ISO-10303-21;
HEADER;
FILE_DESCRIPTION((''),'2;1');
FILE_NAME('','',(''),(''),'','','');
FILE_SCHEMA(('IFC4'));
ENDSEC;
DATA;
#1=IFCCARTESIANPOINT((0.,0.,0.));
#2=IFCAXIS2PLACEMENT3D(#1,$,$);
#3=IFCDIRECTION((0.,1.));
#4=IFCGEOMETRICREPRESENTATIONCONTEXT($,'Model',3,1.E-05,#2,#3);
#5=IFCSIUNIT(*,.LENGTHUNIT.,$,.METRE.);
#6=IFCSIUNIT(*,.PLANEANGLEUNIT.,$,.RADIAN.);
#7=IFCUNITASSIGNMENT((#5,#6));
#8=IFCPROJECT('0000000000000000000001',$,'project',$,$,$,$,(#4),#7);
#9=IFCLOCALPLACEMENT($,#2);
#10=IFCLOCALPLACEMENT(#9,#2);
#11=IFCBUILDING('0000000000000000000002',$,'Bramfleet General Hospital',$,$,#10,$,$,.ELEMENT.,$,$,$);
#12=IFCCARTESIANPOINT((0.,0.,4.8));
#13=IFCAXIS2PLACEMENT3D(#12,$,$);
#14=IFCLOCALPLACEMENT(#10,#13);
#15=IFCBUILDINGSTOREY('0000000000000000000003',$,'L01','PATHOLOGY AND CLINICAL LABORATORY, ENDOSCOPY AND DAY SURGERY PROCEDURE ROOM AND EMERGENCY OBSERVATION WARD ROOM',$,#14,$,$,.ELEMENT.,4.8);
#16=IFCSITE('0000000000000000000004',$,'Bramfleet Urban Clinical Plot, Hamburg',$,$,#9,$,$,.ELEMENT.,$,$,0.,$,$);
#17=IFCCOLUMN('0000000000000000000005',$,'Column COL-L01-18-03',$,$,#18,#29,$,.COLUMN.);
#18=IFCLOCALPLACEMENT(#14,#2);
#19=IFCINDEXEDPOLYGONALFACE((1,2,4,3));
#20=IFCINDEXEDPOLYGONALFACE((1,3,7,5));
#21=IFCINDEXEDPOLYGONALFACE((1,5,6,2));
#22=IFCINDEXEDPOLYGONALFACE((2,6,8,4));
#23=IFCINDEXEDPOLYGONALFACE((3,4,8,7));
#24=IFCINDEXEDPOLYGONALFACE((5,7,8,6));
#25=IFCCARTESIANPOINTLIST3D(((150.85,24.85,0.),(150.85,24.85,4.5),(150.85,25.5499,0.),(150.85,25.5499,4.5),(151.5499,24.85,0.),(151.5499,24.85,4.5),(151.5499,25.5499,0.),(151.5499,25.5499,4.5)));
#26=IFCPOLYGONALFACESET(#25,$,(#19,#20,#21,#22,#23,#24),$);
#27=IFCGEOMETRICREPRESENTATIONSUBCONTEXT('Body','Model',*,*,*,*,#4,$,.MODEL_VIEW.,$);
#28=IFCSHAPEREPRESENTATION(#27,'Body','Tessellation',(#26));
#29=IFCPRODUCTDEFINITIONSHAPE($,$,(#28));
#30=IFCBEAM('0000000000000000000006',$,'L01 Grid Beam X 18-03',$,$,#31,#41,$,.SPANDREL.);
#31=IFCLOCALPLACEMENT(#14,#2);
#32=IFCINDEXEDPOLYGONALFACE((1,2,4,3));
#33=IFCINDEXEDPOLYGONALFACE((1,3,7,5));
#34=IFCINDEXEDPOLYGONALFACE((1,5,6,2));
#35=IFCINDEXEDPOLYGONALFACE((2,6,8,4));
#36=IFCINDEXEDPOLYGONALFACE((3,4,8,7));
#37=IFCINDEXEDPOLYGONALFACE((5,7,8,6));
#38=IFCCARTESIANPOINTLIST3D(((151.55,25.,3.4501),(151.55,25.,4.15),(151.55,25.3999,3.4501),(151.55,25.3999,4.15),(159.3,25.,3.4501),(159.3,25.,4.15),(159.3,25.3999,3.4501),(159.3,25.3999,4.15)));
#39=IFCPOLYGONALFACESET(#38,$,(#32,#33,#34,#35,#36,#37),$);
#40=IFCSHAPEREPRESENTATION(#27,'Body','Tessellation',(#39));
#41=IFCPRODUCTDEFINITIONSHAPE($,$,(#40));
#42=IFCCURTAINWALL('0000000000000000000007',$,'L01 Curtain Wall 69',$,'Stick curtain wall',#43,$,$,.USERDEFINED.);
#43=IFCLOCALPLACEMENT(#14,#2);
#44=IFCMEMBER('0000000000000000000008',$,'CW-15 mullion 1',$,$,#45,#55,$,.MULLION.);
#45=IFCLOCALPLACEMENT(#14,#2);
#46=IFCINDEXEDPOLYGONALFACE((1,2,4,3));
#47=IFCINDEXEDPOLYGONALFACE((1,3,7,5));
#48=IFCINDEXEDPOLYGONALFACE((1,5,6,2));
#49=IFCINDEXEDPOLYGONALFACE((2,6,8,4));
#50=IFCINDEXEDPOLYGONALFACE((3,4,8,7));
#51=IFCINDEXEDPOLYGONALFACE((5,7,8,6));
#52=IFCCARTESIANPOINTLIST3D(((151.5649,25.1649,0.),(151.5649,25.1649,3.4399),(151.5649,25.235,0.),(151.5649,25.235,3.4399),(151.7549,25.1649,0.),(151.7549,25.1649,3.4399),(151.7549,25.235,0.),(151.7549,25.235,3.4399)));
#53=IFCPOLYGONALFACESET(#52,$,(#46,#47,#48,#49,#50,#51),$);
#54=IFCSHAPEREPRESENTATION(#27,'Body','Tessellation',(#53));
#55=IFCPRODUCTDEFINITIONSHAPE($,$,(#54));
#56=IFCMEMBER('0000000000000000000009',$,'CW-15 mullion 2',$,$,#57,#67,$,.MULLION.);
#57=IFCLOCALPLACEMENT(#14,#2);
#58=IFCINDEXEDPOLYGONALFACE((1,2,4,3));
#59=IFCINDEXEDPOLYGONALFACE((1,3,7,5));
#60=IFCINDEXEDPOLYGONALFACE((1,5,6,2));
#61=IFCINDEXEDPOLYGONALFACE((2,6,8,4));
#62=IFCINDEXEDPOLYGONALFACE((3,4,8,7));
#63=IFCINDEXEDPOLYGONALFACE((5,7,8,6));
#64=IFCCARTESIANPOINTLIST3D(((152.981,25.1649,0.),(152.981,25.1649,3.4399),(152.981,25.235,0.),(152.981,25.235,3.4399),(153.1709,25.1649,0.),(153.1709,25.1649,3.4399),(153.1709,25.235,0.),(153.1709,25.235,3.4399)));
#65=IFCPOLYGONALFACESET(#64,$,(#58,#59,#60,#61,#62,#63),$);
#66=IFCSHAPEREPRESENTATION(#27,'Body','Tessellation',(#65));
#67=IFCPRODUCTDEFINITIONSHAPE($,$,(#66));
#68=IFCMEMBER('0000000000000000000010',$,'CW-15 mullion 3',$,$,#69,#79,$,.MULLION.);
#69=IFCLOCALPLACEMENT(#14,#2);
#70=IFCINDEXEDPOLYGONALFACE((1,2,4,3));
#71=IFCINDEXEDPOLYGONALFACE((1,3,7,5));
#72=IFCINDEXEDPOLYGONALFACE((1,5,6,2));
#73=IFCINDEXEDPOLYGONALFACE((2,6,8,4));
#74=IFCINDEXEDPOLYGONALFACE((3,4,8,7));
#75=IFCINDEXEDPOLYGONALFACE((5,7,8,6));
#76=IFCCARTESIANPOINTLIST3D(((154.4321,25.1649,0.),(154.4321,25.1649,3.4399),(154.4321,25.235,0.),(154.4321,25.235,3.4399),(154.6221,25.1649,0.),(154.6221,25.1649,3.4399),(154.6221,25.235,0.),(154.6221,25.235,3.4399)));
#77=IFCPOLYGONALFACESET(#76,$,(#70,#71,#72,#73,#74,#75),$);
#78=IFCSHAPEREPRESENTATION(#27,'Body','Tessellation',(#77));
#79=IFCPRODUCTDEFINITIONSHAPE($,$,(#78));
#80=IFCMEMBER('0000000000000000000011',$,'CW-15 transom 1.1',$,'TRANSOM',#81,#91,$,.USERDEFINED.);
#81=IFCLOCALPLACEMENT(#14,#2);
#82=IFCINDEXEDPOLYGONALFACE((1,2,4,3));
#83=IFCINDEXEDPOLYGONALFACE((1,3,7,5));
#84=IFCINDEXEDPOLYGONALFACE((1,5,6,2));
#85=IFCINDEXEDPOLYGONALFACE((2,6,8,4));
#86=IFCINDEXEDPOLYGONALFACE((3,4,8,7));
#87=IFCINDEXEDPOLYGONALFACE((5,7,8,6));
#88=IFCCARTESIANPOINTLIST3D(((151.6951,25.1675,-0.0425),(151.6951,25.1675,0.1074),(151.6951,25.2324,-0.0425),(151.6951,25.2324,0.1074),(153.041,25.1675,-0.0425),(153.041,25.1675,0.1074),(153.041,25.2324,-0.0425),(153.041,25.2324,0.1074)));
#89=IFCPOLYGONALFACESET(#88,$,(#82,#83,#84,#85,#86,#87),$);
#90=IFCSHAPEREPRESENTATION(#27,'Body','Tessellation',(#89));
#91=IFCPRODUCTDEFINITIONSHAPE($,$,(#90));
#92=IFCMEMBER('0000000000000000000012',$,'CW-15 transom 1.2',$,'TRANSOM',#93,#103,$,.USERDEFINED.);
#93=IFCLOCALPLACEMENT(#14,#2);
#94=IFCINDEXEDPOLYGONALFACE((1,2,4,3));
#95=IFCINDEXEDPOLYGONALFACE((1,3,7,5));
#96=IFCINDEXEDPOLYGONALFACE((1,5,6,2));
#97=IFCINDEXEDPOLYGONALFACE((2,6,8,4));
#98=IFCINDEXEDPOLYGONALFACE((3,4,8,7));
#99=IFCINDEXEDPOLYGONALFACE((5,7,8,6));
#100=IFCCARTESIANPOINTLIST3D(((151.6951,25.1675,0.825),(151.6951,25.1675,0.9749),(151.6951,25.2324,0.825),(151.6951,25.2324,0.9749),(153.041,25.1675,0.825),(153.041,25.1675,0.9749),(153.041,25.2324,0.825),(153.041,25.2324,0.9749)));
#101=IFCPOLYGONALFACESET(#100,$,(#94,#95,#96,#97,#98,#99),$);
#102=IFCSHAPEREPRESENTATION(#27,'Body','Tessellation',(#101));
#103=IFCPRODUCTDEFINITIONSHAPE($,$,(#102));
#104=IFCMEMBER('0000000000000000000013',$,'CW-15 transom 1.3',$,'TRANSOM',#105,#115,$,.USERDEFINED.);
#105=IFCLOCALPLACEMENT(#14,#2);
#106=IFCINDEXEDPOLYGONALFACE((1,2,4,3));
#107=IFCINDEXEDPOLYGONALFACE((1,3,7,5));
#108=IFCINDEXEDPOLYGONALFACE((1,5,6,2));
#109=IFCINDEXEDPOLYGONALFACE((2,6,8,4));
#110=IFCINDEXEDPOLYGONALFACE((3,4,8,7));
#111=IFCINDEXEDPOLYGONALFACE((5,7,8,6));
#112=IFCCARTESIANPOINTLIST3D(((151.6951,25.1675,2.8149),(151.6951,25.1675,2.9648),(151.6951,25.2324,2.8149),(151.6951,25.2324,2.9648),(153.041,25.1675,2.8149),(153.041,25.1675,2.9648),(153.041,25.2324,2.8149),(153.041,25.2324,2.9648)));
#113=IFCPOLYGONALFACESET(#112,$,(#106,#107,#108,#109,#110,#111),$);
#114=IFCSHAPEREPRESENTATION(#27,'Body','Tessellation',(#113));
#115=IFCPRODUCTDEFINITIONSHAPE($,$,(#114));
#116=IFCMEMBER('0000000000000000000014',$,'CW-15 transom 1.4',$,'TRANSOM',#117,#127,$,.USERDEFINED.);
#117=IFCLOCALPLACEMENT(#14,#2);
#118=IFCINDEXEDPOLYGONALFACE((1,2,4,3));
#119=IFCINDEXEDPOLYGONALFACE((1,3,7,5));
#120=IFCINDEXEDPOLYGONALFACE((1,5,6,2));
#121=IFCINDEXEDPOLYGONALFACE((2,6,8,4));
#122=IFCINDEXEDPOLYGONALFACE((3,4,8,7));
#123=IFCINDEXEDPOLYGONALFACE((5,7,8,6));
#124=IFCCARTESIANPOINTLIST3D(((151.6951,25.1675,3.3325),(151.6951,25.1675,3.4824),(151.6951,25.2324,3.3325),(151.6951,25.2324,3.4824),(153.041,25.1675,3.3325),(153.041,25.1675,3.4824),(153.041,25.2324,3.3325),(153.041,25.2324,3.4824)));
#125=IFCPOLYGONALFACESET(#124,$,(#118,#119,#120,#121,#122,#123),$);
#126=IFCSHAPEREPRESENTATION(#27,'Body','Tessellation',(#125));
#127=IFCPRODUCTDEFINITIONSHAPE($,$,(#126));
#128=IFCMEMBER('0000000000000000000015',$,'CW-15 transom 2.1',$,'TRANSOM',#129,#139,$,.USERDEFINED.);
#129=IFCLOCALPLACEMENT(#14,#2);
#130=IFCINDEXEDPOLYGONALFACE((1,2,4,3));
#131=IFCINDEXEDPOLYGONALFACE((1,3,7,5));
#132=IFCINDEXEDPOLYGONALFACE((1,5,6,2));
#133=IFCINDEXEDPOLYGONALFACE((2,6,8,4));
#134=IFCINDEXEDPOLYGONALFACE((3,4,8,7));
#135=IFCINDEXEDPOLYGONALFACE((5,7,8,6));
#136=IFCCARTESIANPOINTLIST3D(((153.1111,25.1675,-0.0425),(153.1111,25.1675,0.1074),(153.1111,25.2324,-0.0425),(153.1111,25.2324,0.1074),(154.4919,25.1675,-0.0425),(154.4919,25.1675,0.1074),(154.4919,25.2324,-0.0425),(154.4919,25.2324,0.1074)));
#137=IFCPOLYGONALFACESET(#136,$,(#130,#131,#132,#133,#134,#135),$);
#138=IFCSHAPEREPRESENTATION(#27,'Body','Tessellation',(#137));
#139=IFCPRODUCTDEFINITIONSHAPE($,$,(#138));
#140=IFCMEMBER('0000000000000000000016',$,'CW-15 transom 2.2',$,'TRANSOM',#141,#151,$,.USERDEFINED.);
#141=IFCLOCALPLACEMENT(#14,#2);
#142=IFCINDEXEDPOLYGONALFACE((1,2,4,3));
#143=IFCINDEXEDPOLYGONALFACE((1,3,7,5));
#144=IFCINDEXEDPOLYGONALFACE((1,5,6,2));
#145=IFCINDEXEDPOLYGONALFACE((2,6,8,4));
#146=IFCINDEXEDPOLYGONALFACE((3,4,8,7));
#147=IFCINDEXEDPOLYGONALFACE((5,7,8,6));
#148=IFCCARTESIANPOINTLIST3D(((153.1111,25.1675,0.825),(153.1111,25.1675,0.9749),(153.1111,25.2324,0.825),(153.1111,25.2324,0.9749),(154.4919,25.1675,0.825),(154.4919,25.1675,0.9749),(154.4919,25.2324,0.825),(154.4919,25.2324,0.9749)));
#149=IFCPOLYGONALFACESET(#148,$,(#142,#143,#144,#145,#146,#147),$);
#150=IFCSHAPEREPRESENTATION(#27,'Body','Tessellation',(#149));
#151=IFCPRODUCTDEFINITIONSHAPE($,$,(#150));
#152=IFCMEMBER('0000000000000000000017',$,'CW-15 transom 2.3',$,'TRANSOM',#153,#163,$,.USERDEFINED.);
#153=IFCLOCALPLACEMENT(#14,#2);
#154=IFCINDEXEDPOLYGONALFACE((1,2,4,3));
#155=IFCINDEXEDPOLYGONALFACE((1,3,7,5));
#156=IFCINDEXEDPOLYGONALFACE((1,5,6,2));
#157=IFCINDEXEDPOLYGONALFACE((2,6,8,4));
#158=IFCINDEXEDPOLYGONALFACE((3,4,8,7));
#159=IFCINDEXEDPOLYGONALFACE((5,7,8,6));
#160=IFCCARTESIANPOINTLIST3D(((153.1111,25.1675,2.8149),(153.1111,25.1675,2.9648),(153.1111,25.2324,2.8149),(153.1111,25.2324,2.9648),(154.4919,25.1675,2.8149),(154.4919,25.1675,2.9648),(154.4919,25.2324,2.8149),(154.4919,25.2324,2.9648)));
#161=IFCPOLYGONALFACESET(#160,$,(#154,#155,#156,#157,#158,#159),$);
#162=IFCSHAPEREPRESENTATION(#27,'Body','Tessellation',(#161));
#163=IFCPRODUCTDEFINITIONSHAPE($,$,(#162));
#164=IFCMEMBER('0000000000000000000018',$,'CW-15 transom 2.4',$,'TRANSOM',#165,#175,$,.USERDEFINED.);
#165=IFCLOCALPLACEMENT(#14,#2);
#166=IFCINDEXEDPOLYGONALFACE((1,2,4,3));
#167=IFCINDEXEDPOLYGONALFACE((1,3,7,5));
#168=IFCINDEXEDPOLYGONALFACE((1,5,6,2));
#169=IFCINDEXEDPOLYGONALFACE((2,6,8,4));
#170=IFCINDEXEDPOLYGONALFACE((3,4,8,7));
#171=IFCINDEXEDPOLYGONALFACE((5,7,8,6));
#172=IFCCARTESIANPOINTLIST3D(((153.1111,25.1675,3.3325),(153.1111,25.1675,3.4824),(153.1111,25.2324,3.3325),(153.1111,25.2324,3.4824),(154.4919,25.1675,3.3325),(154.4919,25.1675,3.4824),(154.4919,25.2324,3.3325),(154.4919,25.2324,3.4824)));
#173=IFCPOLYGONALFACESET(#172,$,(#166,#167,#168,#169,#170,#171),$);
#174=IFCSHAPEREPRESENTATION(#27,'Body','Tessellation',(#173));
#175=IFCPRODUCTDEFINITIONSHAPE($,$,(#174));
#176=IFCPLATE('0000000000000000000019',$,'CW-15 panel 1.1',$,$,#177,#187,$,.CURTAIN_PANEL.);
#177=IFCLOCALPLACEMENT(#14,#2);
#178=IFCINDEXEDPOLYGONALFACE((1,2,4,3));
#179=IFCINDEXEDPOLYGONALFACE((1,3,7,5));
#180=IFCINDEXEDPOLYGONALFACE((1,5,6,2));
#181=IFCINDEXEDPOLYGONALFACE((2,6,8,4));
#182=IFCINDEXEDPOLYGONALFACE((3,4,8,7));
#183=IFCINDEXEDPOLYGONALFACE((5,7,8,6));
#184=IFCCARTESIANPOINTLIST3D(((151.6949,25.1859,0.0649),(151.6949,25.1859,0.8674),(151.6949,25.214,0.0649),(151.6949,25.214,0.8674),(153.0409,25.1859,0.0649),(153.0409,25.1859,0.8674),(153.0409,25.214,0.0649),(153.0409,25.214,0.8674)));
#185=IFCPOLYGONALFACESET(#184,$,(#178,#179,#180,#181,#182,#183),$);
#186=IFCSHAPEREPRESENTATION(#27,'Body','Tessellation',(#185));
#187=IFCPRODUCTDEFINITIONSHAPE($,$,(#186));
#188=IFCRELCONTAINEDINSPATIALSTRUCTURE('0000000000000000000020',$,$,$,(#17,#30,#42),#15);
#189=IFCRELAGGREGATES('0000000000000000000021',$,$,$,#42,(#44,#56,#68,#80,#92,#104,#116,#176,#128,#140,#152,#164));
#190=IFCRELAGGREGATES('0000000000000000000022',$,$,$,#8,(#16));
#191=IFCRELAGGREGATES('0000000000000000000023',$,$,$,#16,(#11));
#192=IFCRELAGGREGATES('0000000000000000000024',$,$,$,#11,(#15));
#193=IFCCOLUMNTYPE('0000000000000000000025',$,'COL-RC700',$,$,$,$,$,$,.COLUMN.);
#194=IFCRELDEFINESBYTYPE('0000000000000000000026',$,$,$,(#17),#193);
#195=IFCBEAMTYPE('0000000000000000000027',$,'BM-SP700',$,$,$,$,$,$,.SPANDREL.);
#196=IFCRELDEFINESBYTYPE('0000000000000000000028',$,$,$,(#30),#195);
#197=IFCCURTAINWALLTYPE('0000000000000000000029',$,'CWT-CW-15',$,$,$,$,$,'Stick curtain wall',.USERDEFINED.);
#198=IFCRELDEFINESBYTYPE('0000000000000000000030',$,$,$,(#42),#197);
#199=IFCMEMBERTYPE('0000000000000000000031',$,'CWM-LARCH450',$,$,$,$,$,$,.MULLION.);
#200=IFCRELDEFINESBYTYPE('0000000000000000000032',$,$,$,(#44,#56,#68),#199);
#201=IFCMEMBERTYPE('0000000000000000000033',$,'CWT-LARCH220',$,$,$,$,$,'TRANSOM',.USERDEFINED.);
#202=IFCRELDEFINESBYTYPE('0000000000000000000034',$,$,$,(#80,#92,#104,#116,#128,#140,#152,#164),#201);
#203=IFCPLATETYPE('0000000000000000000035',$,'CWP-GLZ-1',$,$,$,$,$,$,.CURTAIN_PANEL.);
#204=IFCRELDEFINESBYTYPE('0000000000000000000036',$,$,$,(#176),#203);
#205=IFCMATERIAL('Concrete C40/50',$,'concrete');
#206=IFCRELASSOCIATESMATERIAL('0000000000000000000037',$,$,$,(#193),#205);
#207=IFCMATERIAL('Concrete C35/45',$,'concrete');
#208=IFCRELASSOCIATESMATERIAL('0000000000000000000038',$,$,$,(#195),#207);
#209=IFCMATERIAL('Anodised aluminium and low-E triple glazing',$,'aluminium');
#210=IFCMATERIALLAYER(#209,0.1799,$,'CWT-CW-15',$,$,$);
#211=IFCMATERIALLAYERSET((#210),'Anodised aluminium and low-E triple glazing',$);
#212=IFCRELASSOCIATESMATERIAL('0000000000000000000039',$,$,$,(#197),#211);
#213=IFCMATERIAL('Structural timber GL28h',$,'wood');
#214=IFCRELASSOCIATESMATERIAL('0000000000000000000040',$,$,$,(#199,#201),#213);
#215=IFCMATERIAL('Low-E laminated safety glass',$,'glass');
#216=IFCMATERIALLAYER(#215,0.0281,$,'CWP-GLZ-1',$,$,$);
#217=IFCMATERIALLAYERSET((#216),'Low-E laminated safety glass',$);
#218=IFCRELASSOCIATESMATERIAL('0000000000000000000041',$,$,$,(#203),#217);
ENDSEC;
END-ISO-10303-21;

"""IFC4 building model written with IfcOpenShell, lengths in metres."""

from ifc_helpers import new_model, si_unit, direction, frame, origin, origin_2d, place, context, subcontext, project, spatial, rectangle, extrude, material, layer, layer_set, material_profile, profile_set, type_object, element, aggregate, save


model = new_model("IFC4")

# Units and contexts
model_context = context("Model", 3, precision=1e-05, world=origin(), true_north=direction((0.0, 1.0)))
body_context = subcontext(model_context, "Body", "Model", "MODEL_VIEW")
ifc_project = project(units=[si_unit("LENGTHUNIT", "METRE"), si_unit("PLANEANGLEUNIT", "RADIAN")], contexts=[model_context])

# Site, building, storey
site_placement = place(None, origin())
site = spatial("IfcSite", under=ifc_project, at=site_placement, Name="Bramfleet Urban Clinical Plot, Hamburg", CompositionType="ELEMENT", RefElevation=0.0)
building_placement = place(site_placement, origin())
building = spatial("IfcBuilding", under=site, at=building_placement, Name="Bramfleet General Hospital", CompositionType="ELEMENT")
storey_placement = place(building_placement, frame((0.0, 0.0, 4.8)))
storey = spatial("IfcBuildingStorey", under=building, at=storey_placement, Name="L01", Description="PATHOLOGY AND CLINICAL LABORATORY, ENDOSCOPY AND DAY SURGERY PROCEDURE ROOM AND EMERGENCY OBSERVATION WARD ROOM", CompositionType="ELEMENT", Elevation=4.8)

# Column
ifc_material_1 = material(Name="Concrete C40/50", Category="concrete")
ifc_material_profile_1 = material_profile(ifc_material_1, rectangle(XDim=0.7, YDim=0.7, at=origin_2d()), Name="RC COL 700x700")
ifc_profile_set_1 = profile_set([ifc_material_profile_1], Name="Concrete C40/50")
column_type = type_object("IfcColumnType", Name="COL-RC700", PredefinedType="COLUMN", material=ifc_profile_set_1)
column_placement = place(storey_placement, frame((151.2, 25.2, 0.0), z_axis=(0.0, 0.0, 1.0), x_axis=(1.0, 0.0, 0.0)))
element("IfcColumn", 1, at=column_placement, inside=storey, type_object=column_type, Name="Column COL-L01-18-03", PredefinedType="COLUMN", context=body_context, shape_type="SweptSolid", body=[
    extrude(rectangle(XDim=0.7, YDim=0.7, at=origin_2d()), origin(), (0.0, 0.0, 1.0), 4.5),
])

# Beam
ifc_material_2 = material(Name="Concrete C35/45", Category="concrete")
ifc_material_profile_2 = material_profile(ifc_material_2, rectangle(XDim=0.3999, YDim=0.7, at=origin_2d()), Name="RC SP 700x400")
ifc_profile_set_2 = profile_set([ifc_material_profile_2], Name="Concrete C35/45")
beam_type = type_object("IfcBeamType", Name="BM-SP700", PredefinedType="SPANDREL", material=ifc_profile_set_2)
beam_placement = place(storey_placement, frame((151.55, 25.2, 3.8), z_axis=(1.0, 0.0, 0.0), x_axis=(0.0, 1.0, 0.0)))
element("IfcBeam", 2, at=beam_placement, inside=storey, type_object=beam_type, Name="L01 Grid Beam X 18-03", PredefinedType="SPANDREL", context=body_context, shape_type="SweptSolid", body=[
    extrude(rectangle(XDim=0.3999, YDim=0.7, at=origin_2d()), origin(), (0.0, 0.0, 1.0), 7.75),
])

# Curtain wall, members, plate
ifc_material_3 = material(Name="Anodised aluminium and low-E triple glazing", Category="aluminium")
ifc_layer_1 = layer(ifc_material_3, 0.1799, Name="CWT-CW-15")
ifc_layer_set_1 = layer_set([ifc_layer_1], Name="Anodised aluminium and low-E triple glazing")
curtain_wall_type = type_object("IfcCurtainWallType", Name="CWT-CW-15", ElementType="Stick curtain wall", PredefinedType="USERDEFINED", material=ifc_layer_set_1)
curtain_wall_placement = place(storey_placement, origin())
curtain_wall = element("IfcCurtainWall", 3, at=curtain_wall_placement, inside=storey, type_object=curtain_wall_type, Name="L01 Curtain Wall 69", ObjectType="Stick curtain wall", PredefinedType="USERDEFINED")
ifc_material_4 = material(Name="Structural timber GL28h", Category="wood")
ifc_material_profile_3 = material_profile(ifc_material_4, rectangle(XDim=0.0701, YDim=0.1899, at=origin_2d()), Name="LARCH 190x70")
ifc_profile_set_3 = profile_set([ifc_material_profile_3], Name="Structural timber GL28h")
member_type_1 = type_object("IfcMemberType", Name="CWM-LARCH450", PredefinedType="MULLION", material=ifc_profile_set_3)
member_1_placement = place(storey_placement, frame((151.6599, 25.2, 0.0), z_axis=(0.0, 0.0, 1.0), x_axis=(0.0, 1.0, 0.0)))
member_1 = element("IfcMember", 4, at=member_1_placement, type_object=member_type_1, Name="CW-15 mullion 1", PredefinedType="MULLION", context=body_context, shape_type="SweptSolid", body=[
    extrude(rectangle(XDim=0.0701, YDim=0.1899, at=origin_2d()), origin(), (0.0, 0.0, 1.0), 3.4399),
])
member_2_placement = place(storey_placement, frame((153.0759, 25.2, 0.0), z_axis=(0.0, 0.0, 1.0), x_axis=(0.0, 1.0, 0.0)))
member_2 = element("IfcMember", 5, at=member_2_placement, type_object=member_type_1, Name="CW-15 mullion 2", PredefinedType="MULLION", context=body_context, shape_type="SweptSolid", body=[
    extrude(rectangle(XDim=0.0701, YDim=0.1899, at=origin_2d()), origin(), (0.0, 0.0, 1.0), 3.4399),
])
member_3_placement = place(storey_placement, frame((154.5271, 25.2, 0.0), z_axis=(0.0, 0.0, 1.0), x_axis=(0.0, 1.0, 0.0)))
member_3 = element("IfcMember", 6, at=member_3_placement, type_object=member_type_1, Name="CW-15 mullion 3", PredefinedType="MULLION", context=body_context, shape_type="SweptSolid", body=[
    extrude(rectangle(XDim=0.0701, YDim=0.1899, at=origin_2d()), origin(), (0.0, 0.0, 1.0), 3.4399),
])
ifc_material_profile_4 = material_profile(ifc_material_4, rectangle(XDim=0.0649, YDim=0.1499, at=origin_2d()), Name="LARCH 150x65")
ifc_profile_set_4 = profile_set([ifc_material_profile_4], Name="Structural timber GL28h")
member_type_2 = type_object("IfcMemberType", Name="CWT-LARCH220", ElementType="TRANSOM", PredefinedType="USERDEFINED", material=ifc_profile_set_4)
member_4_placement = place(storey_placement, frame((151.6951, 25.2, 0.0325), z_axis=(1.0, 0.0, 0.0), x_axis=(0.0, 1.0, 0.0)))
member_4 = element("IfcMember", 7, at=member_4_placement, type_object=member_type_2, Name="CW-15 transom 1.1", ObjectType="TRANSOM", PredefinedType="USERDEFINED", context=body_context, shape_type="SweptSolid", body=[
    extrude(rectangle(XDim=0.0649, YDim=0.1499, at=origin_2d()), origin(), (0.0, 0.0, 1.0), 1.3459),
])
member_5_placement = place(storey_placement, frame((151.6951, 25.2, 0.8999), z_axis=(1.0, 0.0, 0.0), x_axis=(0.0, 1.0, 0.0)))
member_5 = element("IfcMember", 8, at=member_5_placement, type_object=member_type_2, Name="CW-15 transom 1.2", ObjectType="TRANSOM", PredefinedType="USERDEFINED", context=body_context, shape_type="SweptSolid", body=[
    extrude(rectangle(XDim=0.0649, YDim=0.1499, at=origin_2d()), origin(), (0.0, 0.0, 1.0), 1.3459),
])
member_6_placement = place(storey_placement, frame((151.6951, 25.2, 2.8899), z_axis=(1.0, 0.0, 0.0), x_axis=(0.0, 1.0, 0.0)))
member_6 = element("IfcMember", 9, at=member_6_placement, type_object=member_type_2, Name="CW-15 transom 1.3", ObjectType="TRANSOM", PredefinedType="USERDEFINED", context=body_context, shape_type="SweptSolid", body=[
    extrude(rectangle(XDim=0.0649, YDim=0.1499, at=origin_2d()), origin(), (0.0, 0.0, 1.0), 1.3459),
])
member_7_placement = place(storey_placement, frame((151.6951, 25.2, 3.4075), z_axis=(1.0, 0.0, 0.0), x_axis=(0.0, 1.0, 0.0)))
member_7 = element("IfcMember", 10, at=member_7_placement, type_object=member_type_2, Name="CW-15 transom 1.4", ObjectType="TRANSOM", PredefinedType="USERDEFINED", context=body_context, shape_type="SweptSolid", body=[
    extrude(rectangle(XDim=0.0649, YDim=0.1499, at=origin_2d()), origin(), (0.0, 0.0, 1.0), 1.3459),
])
member_8_placement = place(storey_placement, frame((153.1111, 25.2, 0.0325), z_axis=(1.0, 0.0, 0.0), x_axis=(0.0, 1.0, 0.0)))
member_8 = element("IfcMember", 11, at=member_8_placement, type_object=member_type_2, Name="CW-15 transom 2.1", ObjectType="TRANSOM", PredefinedType="USERDEFINED", context=body_context, shape_type="SweptSolid", body=[
    extrude(rectangle(XDim=0.0649, YDim=0.1499, at=origin_2d()), origin(), (0.0, 0.0, 1.0), 1.3809),
])
member_9_placement = place(storey_placement, frame((153.1111, 25.2, 0.8999), z_axis=(1.0, 0.0, 0.0), x_axis=(0.0, 1.0, 0.0)))
member_9 = element("IfcMember", 12, at=member_9_placement, type_object=member_type_2, Name="CW-15 transom 2.2", ObjectType="TRANSOM", PredefinedType="USERDEFINED", context=body_context, shape_type="SweptSolid", body=[
    extrude(rectangle(XDim=0.0649, YDim=0.1499, at=origin_2d()), origin(), (0.0, 0.0, 1.0), 1.3809),
])
member_10_placement = place(storey_placement, frame((153.1111, 25.2, 2.8899), z_axis=(1.0, 0.0, 0.0), x_axis=(0.0, 1.0, 0.0)))
member_10 = element("IfcMember", 13, at=member_10_placement, type_object=member_type_2, Name="CW-15 transom 2.3", ObjectType="TRANSOM", PredefinedType="USERDEFINED", context=body_context, shape_type="SweptSolid", body=[
    extrude(rectangle(XDim=0.0649, YDim=0.1499, at=origin_2d()), origin(), (0.0, 0.0, 1.0), 1.3809),
])
member_11_placement = place(storey_placement, frame((153.1111, 25.2, 3.4075), z_axis=(1.0, 0.0, 0.0), x_axis=(0.0, 1.0, 0.0)))
member_11 = element("IfcMember", 14, at=member_11_placement, type_object=member_type_2, Name="CW-15 transom 2.4", ObjectType="TRANSOM", PredefinedType="USERDEFINED", context=body_context, shape_type="SweptSolid", body=[
    extrude(rectangle(XDim=0.0649, YDim=0.1499, at=origin_2d()), origin(), (0.0, 0.0, 1.0), 1.3809),
])
ifc_material_5 = material(Name="Low-E laminated safety glass", Category="glass")
ifc_layer_2 = layer(ifc_material_5, 0.0281, Name="CWP-GLZ-1")
ifc_layer_set_2 = layer_set([ifc_layer_2], Name="Low-E laminated safety glass")
plate_type = type_object("IfcPlateType", Name="CWP-GLZ-1", PredefinedType="CURTAIN_PANEL", material=ifc_layer_set_2)
plate_1_placement = place(storey_placement, frame((152.3679, 25.2, 0.0649), z_axis=(0.0, 0.0, 1.0), x_axis=(1.0, 0.0, 0.0)))
plate_1 = element("IfcPlate", 15, at=plate_1_placement, type_object=plate_type, Name="CW-15 panel 1.1", PredefinedType="CURTAIN_PANEL", context=body_context, shape_type="SweptSolid", body=[
    extrude(rectangle(XDim=1.3459, YDim=0.0281, at=origin_2d()), origin(), (0.0, 0.0, 1.0), 0.8025),
])
aggregate(curtain_wall, [member_1, member_2, member_3, member_4, member_5, member_6, member_7, plate_1, member_8, member_9, member_10, member_11])

save(model, "model.ifc")
